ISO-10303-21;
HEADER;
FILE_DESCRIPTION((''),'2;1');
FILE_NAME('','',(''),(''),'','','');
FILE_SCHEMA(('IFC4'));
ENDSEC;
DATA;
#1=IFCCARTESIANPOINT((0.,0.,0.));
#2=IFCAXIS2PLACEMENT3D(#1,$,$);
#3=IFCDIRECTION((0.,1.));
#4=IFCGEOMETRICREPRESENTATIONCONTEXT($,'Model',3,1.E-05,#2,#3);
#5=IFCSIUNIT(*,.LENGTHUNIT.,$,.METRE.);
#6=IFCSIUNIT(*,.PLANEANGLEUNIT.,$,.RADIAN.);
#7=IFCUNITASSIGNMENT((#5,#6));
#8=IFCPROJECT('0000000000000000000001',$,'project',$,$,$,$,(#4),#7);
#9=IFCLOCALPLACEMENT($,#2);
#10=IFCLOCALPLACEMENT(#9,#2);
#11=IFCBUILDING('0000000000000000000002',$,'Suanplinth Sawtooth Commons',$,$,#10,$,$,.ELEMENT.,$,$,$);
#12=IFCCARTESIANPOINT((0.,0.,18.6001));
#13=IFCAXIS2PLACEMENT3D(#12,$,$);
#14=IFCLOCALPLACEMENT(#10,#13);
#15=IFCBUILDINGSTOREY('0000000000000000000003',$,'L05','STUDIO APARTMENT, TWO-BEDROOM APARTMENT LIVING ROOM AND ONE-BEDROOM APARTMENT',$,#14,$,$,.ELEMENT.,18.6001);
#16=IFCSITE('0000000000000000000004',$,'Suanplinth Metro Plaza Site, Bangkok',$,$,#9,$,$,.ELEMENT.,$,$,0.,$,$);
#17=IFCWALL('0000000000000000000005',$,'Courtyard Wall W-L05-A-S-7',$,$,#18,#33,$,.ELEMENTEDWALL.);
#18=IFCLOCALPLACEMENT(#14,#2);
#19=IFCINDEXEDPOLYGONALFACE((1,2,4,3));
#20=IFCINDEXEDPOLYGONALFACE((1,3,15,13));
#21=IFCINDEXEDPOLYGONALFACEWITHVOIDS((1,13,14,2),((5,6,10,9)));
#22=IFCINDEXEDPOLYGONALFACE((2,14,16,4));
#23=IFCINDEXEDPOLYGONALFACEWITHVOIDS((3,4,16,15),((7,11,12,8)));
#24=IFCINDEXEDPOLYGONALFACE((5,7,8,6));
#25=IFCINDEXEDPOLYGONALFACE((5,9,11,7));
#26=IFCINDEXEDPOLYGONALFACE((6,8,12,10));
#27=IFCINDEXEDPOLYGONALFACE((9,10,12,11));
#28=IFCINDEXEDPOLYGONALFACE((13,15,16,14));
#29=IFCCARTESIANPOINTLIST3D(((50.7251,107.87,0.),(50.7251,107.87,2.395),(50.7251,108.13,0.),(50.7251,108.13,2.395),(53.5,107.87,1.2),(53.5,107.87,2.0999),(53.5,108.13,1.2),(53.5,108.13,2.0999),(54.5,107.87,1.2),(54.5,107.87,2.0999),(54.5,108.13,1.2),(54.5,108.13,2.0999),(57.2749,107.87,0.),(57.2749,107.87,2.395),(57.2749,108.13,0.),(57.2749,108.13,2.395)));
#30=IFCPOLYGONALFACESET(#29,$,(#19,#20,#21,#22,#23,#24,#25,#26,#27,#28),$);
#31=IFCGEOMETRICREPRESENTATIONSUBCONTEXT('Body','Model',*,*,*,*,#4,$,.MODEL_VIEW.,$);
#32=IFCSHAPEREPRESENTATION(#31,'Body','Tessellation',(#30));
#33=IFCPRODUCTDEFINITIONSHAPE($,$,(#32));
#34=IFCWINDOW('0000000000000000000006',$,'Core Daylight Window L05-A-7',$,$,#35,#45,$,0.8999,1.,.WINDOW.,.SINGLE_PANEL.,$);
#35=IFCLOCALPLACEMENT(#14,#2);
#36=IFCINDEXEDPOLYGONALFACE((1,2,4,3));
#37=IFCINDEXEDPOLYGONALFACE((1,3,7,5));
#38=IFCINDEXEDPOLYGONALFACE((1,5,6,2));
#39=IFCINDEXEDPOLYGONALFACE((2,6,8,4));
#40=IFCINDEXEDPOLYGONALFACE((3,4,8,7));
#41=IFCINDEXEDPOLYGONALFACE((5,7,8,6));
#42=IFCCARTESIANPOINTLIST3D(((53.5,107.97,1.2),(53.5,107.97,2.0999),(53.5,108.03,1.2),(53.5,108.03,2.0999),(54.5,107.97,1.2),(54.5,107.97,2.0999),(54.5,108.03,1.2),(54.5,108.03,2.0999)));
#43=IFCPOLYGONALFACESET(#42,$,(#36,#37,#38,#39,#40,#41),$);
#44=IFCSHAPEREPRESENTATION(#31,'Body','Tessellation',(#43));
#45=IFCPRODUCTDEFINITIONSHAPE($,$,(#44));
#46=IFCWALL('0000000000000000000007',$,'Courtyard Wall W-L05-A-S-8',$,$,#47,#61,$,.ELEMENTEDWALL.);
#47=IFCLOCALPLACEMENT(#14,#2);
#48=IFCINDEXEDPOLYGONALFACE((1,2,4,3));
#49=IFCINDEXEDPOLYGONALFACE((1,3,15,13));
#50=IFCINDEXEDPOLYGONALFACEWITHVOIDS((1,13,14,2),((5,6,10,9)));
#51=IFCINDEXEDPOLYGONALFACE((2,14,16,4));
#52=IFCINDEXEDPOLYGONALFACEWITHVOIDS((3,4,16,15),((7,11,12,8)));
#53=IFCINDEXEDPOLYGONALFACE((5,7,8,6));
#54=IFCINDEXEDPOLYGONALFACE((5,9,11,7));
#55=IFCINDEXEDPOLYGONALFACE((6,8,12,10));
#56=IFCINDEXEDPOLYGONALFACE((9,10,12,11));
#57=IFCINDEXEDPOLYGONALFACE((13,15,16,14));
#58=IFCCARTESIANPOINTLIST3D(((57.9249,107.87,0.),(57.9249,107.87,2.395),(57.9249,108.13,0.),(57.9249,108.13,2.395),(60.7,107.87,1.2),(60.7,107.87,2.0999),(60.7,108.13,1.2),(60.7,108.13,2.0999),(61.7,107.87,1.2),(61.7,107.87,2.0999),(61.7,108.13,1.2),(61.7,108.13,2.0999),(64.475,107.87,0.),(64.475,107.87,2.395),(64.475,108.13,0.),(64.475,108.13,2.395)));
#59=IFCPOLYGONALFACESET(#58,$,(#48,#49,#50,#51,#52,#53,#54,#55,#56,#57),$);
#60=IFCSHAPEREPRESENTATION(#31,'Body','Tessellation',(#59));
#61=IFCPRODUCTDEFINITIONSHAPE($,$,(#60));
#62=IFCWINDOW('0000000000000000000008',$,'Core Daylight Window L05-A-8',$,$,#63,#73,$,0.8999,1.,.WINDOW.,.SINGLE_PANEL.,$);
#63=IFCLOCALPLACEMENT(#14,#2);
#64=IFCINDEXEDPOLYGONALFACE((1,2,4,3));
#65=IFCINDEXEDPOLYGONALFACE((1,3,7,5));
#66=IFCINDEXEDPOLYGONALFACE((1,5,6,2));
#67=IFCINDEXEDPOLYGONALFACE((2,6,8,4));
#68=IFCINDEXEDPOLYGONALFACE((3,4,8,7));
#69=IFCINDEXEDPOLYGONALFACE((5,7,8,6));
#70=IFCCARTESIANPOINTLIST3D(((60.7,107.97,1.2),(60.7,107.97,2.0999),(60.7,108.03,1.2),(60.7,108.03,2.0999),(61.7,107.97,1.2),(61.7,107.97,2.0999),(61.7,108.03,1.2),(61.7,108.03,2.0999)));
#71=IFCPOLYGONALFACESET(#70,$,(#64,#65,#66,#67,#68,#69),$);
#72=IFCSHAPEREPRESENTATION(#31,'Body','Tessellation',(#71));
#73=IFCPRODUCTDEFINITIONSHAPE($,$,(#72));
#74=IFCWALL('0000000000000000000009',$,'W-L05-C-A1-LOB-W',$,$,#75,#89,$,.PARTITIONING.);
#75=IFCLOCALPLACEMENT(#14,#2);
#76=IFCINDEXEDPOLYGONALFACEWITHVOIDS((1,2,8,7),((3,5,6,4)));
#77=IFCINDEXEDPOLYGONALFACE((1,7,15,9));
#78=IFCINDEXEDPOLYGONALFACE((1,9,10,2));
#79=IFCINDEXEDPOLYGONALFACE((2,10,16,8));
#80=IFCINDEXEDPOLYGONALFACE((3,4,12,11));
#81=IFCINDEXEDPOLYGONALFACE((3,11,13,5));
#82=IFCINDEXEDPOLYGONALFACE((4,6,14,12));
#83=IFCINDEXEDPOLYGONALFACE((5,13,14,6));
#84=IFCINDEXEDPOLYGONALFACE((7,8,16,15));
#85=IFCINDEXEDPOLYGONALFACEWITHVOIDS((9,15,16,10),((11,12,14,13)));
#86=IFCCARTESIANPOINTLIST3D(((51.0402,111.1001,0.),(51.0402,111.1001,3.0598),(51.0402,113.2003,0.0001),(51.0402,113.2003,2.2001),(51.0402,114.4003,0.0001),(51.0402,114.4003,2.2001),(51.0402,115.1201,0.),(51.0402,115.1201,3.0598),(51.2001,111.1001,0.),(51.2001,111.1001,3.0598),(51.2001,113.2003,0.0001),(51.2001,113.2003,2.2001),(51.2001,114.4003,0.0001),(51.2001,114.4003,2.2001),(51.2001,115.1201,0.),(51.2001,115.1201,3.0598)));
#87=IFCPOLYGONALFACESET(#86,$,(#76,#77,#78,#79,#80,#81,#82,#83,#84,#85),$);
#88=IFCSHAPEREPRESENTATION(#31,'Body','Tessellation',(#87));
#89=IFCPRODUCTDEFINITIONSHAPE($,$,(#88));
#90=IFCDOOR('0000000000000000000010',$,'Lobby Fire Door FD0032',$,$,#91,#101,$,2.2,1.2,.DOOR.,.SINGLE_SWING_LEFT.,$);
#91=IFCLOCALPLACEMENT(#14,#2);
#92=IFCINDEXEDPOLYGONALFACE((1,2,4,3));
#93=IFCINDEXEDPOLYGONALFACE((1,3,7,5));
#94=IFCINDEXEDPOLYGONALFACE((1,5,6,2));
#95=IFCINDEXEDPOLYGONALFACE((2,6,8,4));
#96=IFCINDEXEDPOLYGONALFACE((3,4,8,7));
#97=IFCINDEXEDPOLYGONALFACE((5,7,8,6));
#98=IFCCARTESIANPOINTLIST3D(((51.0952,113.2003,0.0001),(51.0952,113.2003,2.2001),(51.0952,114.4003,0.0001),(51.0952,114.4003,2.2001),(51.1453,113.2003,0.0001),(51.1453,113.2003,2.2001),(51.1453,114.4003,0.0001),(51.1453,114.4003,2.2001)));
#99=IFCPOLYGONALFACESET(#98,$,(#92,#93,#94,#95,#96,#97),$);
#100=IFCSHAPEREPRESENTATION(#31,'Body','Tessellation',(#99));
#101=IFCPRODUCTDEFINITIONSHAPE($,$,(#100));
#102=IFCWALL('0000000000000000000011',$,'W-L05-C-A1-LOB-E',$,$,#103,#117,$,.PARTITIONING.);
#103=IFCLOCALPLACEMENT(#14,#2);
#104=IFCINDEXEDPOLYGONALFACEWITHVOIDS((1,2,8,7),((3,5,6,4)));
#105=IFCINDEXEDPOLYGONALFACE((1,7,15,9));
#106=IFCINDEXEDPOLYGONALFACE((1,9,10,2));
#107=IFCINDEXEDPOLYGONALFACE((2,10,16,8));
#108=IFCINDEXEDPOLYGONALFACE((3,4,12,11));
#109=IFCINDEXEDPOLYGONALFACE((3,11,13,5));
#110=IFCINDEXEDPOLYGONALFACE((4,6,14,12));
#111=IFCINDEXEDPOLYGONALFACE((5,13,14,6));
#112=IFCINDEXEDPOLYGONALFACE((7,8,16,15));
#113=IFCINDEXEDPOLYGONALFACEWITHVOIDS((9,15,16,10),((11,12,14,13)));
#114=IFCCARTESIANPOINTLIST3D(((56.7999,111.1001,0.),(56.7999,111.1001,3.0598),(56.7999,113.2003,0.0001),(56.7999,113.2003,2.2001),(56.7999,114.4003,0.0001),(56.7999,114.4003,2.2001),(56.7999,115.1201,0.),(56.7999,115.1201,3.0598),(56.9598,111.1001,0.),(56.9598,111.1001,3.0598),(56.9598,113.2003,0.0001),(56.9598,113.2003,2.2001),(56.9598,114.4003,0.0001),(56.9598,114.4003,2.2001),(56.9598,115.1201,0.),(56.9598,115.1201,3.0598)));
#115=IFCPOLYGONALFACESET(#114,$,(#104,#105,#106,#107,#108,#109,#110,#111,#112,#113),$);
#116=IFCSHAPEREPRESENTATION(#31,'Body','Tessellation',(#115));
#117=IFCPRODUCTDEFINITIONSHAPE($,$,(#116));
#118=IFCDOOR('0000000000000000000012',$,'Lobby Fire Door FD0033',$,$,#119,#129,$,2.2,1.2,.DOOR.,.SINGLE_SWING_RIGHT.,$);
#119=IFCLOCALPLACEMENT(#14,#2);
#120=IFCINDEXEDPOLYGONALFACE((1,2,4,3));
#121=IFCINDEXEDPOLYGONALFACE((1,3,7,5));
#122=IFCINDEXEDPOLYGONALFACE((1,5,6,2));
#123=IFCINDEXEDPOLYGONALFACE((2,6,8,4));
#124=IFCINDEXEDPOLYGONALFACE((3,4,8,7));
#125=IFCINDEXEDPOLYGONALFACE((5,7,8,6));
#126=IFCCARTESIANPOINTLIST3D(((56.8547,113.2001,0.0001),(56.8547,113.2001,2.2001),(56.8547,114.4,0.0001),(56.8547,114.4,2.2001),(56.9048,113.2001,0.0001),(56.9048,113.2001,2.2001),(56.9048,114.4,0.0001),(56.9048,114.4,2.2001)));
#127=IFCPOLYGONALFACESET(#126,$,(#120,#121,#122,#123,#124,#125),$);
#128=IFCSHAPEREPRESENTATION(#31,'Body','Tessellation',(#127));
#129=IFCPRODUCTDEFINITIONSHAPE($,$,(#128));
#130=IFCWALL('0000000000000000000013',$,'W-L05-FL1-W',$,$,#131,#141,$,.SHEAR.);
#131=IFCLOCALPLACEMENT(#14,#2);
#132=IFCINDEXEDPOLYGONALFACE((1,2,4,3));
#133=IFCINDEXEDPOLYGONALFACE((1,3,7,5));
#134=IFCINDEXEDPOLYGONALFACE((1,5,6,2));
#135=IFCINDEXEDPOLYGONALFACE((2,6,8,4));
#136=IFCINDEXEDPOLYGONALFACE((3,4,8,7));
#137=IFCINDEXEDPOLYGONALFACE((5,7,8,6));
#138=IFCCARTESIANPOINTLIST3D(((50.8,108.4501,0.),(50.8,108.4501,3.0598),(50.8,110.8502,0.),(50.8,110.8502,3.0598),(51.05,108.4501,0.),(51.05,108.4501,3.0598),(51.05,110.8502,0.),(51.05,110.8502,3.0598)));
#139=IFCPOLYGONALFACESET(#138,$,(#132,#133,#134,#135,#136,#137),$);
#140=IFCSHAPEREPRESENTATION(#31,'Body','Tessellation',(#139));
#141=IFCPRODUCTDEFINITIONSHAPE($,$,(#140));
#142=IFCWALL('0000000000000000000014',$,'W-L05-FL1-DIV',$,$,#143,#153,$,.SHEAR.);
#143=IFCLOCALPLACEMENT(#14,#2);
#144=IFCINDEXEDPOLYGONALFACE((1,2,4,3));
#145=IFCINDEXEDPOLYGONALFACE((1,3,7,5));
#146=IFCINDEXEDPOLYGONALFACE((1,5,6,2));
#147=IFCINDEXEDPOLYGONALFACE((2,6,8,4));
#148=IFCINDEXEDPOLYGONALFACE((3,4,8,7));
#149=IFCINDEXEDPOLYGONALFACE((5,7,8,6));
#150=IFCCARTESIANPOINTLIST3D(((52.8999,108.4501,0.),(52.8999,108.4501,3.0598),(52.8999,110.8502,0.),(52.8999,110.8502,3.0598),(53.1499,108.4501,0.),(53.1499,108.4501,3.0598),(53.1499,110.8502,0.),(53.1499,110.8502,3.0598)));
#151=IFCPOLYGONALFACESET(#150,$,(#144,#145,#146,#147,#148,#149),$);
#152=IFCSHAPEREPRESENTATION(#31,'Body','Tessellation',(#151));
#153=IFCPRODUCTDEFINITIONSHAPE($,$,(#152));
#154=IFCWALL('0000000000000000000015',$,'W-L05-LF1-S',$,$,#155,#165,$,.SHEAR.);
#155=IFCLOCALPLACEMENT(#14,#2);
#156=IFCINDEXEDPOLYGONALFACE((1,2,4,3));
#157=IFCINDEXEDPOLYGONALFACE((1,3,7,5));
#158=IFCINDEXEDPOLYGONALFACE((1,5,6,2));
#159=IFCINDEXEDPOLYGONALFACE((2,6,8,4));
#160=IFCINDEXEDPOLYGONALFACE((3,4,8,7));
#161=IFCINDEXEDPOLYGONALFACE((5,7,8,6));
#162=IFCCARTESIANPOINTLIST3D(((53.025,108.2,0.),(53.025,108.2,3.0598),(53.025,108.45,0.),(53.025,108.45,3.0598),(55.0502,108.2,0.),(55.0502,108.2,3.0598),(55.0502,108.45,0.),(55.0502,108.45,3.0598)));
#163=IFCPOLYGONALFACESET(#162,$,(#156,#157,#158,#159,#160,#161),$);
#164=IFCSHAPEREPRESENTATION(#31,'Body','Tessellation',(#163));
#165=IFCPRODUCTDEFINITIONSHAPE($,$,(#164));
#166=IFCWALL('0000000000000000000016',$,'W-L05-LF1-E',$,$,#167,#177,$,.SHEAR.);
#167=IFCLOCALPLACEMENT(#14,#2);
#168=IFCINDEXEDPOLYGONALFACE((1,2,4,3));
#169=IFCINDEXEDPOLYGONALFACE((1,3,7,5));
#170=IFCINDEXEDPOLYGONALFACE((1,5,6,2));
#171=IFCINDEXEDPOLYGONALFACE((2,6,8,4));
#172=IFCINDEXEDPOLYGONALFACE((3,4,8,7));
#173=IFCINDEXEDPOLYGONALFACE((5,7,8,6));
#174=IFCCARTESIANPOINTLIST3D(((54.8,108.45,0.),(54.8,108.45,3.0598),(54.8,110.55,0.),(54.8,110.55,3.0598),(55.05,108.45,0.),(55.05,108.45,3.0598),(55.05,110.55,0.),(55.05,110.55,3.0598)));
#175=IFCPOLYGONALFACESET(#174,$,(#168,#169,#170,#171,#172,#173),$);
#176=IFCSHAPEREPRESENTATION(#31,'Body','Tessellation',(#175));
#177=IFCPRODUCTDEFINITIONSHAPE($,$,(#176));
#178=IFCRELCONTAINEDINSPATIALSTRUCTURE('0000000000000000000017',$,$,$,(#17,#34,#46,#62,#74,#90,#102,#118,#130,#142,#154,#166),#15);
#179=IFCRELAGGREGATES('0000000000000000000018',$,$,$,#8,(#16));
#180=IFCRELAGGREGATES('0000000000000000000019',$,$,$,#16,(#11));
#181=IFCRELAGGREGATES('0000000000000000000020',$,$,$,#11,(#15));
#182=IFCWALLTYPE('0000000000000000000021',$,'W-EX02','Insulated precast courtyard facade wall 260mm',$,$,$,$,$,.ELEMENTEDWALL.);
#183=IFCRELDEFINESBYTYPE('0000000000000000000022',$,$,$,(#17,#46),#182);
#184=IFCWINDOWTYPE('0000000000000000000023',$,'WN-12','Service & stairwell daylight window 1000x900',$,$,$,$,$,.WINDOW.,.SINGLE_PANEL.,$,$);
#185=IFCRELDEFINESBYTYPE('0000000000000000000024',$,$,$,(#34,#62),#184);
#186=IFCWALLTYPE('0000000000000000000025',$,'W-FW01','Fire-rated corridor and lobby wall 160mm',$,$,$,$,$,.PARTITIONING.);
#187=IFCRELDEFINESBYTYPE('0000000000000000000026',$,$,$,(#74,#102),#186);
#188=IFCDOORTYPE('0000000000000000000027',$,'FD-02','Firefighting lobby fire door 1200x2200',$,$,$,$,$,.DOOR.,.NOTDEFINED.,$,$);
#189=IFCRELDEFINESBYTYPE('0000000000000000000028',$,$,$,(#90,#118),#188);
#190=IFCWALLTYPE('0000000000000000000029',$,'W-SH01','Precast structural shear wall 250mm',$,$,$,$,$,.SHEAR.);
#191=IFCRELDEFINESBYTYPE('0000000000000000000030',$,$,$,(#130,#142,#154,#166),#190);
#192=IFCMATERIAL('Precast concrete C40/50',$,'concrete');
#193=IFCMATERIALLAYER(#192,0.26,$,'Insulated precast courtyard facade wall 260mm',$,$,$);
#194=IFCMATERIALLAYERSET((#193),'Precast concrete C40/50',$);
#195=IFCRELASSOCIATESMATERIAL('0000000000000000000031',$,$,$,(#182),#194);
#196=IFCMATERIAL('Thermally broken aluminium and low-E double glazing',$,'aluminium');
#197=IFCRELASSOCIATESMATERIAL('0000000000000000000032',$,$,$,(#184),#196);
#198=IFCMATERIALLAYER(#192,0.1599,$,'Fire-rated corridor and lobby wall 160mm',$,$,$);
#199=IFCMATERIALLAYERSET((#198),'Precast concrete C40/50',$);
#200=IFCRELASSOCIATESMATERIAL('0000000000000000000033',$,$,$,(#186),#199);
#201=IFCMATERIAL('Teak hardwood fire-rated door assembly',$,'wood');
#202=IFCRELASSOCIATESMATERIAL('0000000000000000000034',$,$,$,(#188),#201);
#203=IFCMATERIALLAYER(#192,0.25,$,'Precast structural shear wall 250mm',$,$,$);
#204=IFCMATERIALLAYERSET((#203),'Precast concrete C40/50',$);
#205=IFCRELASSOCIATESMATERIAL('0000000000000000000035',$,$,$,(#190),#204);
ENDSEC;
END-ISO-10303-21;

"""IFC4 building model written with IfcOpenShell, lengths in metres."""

from ifc_helpers import new_model, si_unit, direction, frame, frame_2d, origin, place, context, subcontext, project, spatial, rectangle, extrude, material, layer, layer_set, type_object, element, fill, save


model = new_model("IFC4")

# Units and contexts
model_context = context("Model", 3, precision=1e-05, world=origin(), true_north=direction((0.0, 1.0)))
body_context = subcontext(model_context, "Body", "Model", "MODEL_VIEW")
ifc_project = project(units=[si_unit("LENGTHUNIT", "METRE"), si_unit("PLANEANGLEUNIT", "RADIAN")], contexts=[model_context])

# Site, building, storey
site_placement = place(None, origin())
site = spatial("IfcSite", under=ifc_project, at=site_placement, Name="Suanplinth Metro Plaza Site, Bangkok", CompositionType="ELEMENT", RefElevation=0.0)
building_placement = place(site_placement, origin())
building = spatial("IfcBuilding", under=site, at=building_placement, Name="Suanplinth Sawtooth Commons", CompositionType="ELEMENT")
storey_placement = place(building_placement, frame((0.0, 0.0, 18.6001)))
storey = spatial("IfcBuildingStorey", under=building, at=storey_placement, Name="L05", Description="STUDIO APARTMENT, TWO-BEDROOM APARTMENT LIVING ROOM AND ONE-BEDROOM APARTMENT", CompositionType="ELEMENT", Elevation=18.6001)

# Shared definitions
ifc_material_1 = material(Name="Precast concrete C40/50", Category="concrete")

# Shared definitions
ifc_material_2 = material(Name="Teak hardwood fire-rated door assembly", Category="wood")

# Walls, openings, windows
ifc_layer_1 = layer(ifc_material_1, 0.26, Name="Insulated precast courtyard facade wall 260mm")
ifc_layer_set_1 = layer_set([ifc_layer_1], Name="Precast concrete C40/50")
wall_type_1 = type_object("IfcWallType", Name="W-EX02", Description="Insulated precast courtyard facade wall 260mm", PredefinedType="ELEMENTEDWALL", material=ifc_layer_set_1)
wall_1_placement = place(storey_placement, frame((50.7251, 108.0, 0.0), z_axis=(0.0, 0.0, 1.0), x_axis=(1.0, 0.0, 0.0)))
wall_1 = element("IfcWall", 1, at=wall_1_placement, inside=storey, type_object=wall_type_1, Name="Courtyard Wall W-L05-A-S-7", PredefinedType="ELEMENTEDWALL", context=body_context, shape_type="SweptSolid", body=[
    extrude(rectangle(XDim=6.5498, YDim=0.26, at=frame_2d((3.2749, 0.0))), origin(), (0.0, 0.0, 1.0), 2.395),
])
opening_1_placement = place(wall_1_placement, frame((2.7749, 0.0, 1.2)))
opening_1 = element("IfcOpeningElement", 2, at=opening_1_placement, cuts=wall_1, PredefinedType="OPENING", context=body_context, shape_type="SweptSolid", body=[
    extrude(rectangle(XDim=1.0, YDim=0.8999, at=frame_2d((0.5, 0.45))), frame((0.0, 0.145, 0.0), z_axis=(0.0, -1.0, 0.0), x_axis=(1.0, 0.0, 0.0)), (0.0, 0.0, 1.0), 0.2898),
])
ifc_material_3 = material(Name="Thermally broken aluminium and low-E double glazing", Category="aluminium")
window_type = type_object("IfcWindowType", Name="WN-12", Description="Service & stairwell daylight window 1000x900", PartitioningType="SINGLE_PANEL", PredefinedType="WINDOW", material=ifc_material_3)
window_1_placement = place(opening_1_placement, origin())
window_1 = element("IfcWindow", 3, at=window_1_placement, inside=storey, type_object=window_type, Name="Core Daylight Window L05-A-7", OverallHeight=0.8999, OverallWidth=1.0, PartitioningType="SINGLE_PANEL", PredefinedType="WINDOW", context=body_context, shape_type="SweptSolid", body=[
    extrude(rectangle(XDim=1.0, YDim=0.8999, at=frame_2d((0.5, 0.45))), frame((0.0, 0.03, 0.0), z_axis=(0.0, -1.0, 0.0), x_axis=(1.0, 0.0, 0.0)), (0.0, 0.0, 1.0), 0.0601),
])
fill(opening_1, window_1)
wall_2_placement = place(storey_placement, frame((57.925, 108.0, 0.0), z_axis=(0.0, 0.0, 1.0), x_axis=(1.0, 0.0, 0.0)))
wall_2 = element("IfcWall", 4, at=wall_2_placement, inside=storey, type_object=wall_type_1, Name="Courtyard Wall W-L05-A-S-8", PredefinedType="ELEMENTEDWALL", context=body_context, shape_type="SweptSolid", body=[
    extrude(rectangle(XDim=6.55, YDim=0.26, at=frame_2d((3.2749, 0.0))), origin(), (0.0, 0.0, 1.0), 2.395),
])
opening_2_placement = place(wall_2_placement, frame((2.7749, 0.0, 1.2)))
opening_2 = element("IfcOpeningElement", 5, at=opening_2_placement, cuts=wall_2, PredefinedType="OPENING", context=body_context, shape_type="SweptSolid", body=[
    extrude(rectangle(XDim=1.0, YDim=0.8999, at=frame_2d((0.5, 0.45))), frame((0.0, 0.145, 0.0), z_axis=(0.0, -1.0, 0.0), x_axis=(1.0, 0.0, 0.0)), (0.0, 0.0, 1.0), 0.2898),
])
window_2_placement = place(opening_2_placement, origin())
window_2 = element("IfcWindow", 6, at=window_2_placement, inside=storey, type_object=window_type, Name="Core Daylight Window L05-A-8", OverallHeight=0.8999, OverallWidth=1.0, PartitioningType="SINGLE_PANEL", PredefinedType="WINDOW", context=body_context, shape_type="SweptSolid", body=[
    extrude(rectangle(XDim=1.0, YDim=0.8999, at=frame_2d((0.5, 0.45))), frame((0.0, 0.03, 0.0), z_axis=(0.0, -1.0, 0.0), x_axis=(1.0, 0.0, 0.0)), (0.0, 0.0, 1.0), 0.0601),
])
fill(opening_2, window_2)

# Walls, openings, doors
ifc_layer_2 = layer(ifc_material_1, 0.1599, Name="Fire-rated corridor and lobby wall 160mm")
ifc_layer_set_2 = layer_set([ifc_layer_2], Name="Precast concrete C40/50")
wall_type_2 = type_object("IfcWallType", Name="W-FW01", Description="Fire-rated corridor and lobby wall 160mm", PredefinedType="PARTITIONING", material=ifc_layer_set_2)
wall_3_placement = place(storey_placement, frame((51.1201, 111.1001, 0.0), z_axis=(0.0, 0.0, 1.0), x_axis=(0.0, 1.0, 0.0)))
wall_3 = element("IfcWall", 7, at=wall_3_placement, inside=storey, type_object=wall_type_2, Name="W-L05-C-A1-LOB-W", PredefinedType="PARTITIONING", context=body_context, shape_type="SweptSolid", body=[
    extrude(rectangle(XDim=4.02, YDim=0.1599, at=frame_2d((2.01, 0.0))), origin(), (0.0, 0.0, 1.0), 3.0598),
])
opening_3_placement = place(wall_3_placement, frame((2.1001, 0.0, 0.0)))
opening_3 = element("IfcOpeningElement", 8, at=opening_3_placement, cuts=wall_3, PredefinedType="OPENING", context=body_context, shape_type="SweptSolid", body=[
    extrude(rectangle(XDim=1.2, YDim=2.2, at=frame_2d((0.6001, 1.1001))), frame((0.0, 0.0947, 0.0), z_axis=(0.0, -1.0, 0.0), x_axis=(1.0, 0.0, 0.0)), (0.0, 0.0, 1.0), 0.1897),
])
door_type_1 = type_object("IfcDoorType", Name="FD-02", Description="Firefighting lobby fire door 1200x2200", OperationType="NOTDEFINED", PredefinedType="DOOR", material=ifc_material_2)
door_1_placement = place(opening_3_placement, origin())
door_1 = element("IfcDoor", 9, at=door_1_placement, inside=storey, type_object=door_type_1, Name="Lobby Fire Door FD0032", OperationType="SINGLE_SWING_LEFT", OverallHeight=2.2, OverallWidth=1.2, PredefinedType="DOOR", context=body_context, shape_type="SweptSolid", body=[
    extrude(rectangle(XDim=1.2, YDim=2.2, at=frame_2d((0.6001, 1.1001))), frame((0.0, 0.0249, 0.0), z_axis=(0.0, -1.0, 0.0), x_axis=(1.0, 0.0, 0.0)), (0.0, 0.0, 1.0), 0.05),
])
fill(opening_3, door_1)
wall_4_placement = place(storey_placement, frame((56.8799, 111.1001, 0.0), z_axis=(0.0, 0.0, 1.0), x_axis=(0.0, 1.0, 0.0)))
wall_4 = element("IfcWall", 10, at=wall_4_placement, inside=storey, type_object=wall_type_2, Name="W-L05-C-A1-LOB-E", PredefinedType="PARTITIONING", context=body_context, shape_type="SweptSolid", body=[
    extrude(rectangle(XDim=4.02, YDim=0.1599, at=frame_2d((2.01, 0.0))), origin(), (0.0, 0.0, 1.0), 3.0598),
])
opening_4_placement = place(wall_4_placement, frame((2.1001, 0.0, 0.0)))
opening_4 = element("IfcOpeningElement", 11, at=opening_4_placement, cuts=wall_4, PredefinedType="OPENING", context=body_context, shape_type="SweptSolid", body=[
    extrude(rectangle(XDim=1.2, YDim=2.2, at=frame_2d((0.6001, 1.1001))), frame((0.0, 0.0947, 0.0), z_axis=(0.0, -1.0, 0.0), x_axis=(1.0, 0.0, 0.0)), (0.0, 0.0, 1.0), 0.1897),
])
door_2_placement = place(opening_4_placement, frame((1.2, 0.0, 0.0), z_axis=(0.0, 0.0, 1.0), x_axis=(-1.0, 0.0, 0.0)))
door_2 = element("IfcDoor", 12, at=door_2_placement, inside=storey, type_object=door_type_1, Name="Lobby Fire Door FD0033", OperationType="SINGLE_SWING_RIGHT", OverallHeight=2.2, OverallWidth=1.2, PredefinedType="DOOR", context=body_context, shape_type="SweptSolid", body=[
    extrude(rectangle(XDim=1.2, YDim=2.2, at=frame_2d((0.6001, 1.1001))), frame((0.0, 0.0249, 0.0), z_axis=(0.0, -1.0, 0.0), x_axis=(1.0, 0.0, 0.0)), (0.0, 0.0, 1.0), 0.05),
])
fill(opening_4, door_2)

# Walls
ifc_layer_3 = layer(ifc_material_1, 0.25, Name="Precast structural shear wall 250mm")
ifc_layer_set_3 = layer_set([ifc_layer_3], Name="Precast concrete C40/50")
wall_type_3 = type_object("IfcWallType", Name="W-SH01", Description="Precast structural shear wall 250mm", PredefinedType="SHEAR", material=ifc_layer_set_3)
for number, where, z_axis, x_axis, name in (
    (13, (50.925, 108.45, 0.0), (0.0, 0.0, 1.0), (0.0, 1.0, 0.0), "W-L05-FL1-W"),
    (14, (53.0249, 108.45, 0.0), (0.0, 0.0, 1.0), (0.0, 1.0, 0.0), "W-L05-FL1-DIV"),
):
    element("IfcWall", number, at=place(storey_placement, frame(where, z_axis=z_axis, x_axis=x_axis)), inside=storey, type_object=wall_type_3, Name=name, PredefinedType="SHEAR", context=body_context, shape_type="SweptSolid", body=[
        extrude(rectangle(XDim=2.4001, YDim=0.25, at=frame_2d((1.2002, 0.0))), origin(), (0.0, 0.0, 1.0), 3.0598),
    ])
wall_5_placement = place(storey_placement, frame((53.0249, 108.325, 0.0), z_axis=(0.0, 0.0, 1.0), x_axis=(1.0, 0.0, 0.0)))
element("IfcWall", 15, at=wall_5_placement, inside=storey, type_object=wall_type_3, Name="W-L05-LF1-S", PredefinedType="SHEAR", context=body_context, shape_type="SweptSolid", body=[
    extrude(rectangle(XDim=2.0251, YDim=0.25, at=frame_2d((1.0127, 0.0))), origin(), (0.0, 0.0, 1.0), 3.0598),
])

# Wall
wall_6_placement = place(storey_placement, frame((54.925, 108.45, 0.0), z_axis=(0.0, 0.0, 1.0), x_axis=(0.0, 1.0, 0.0)))
element("IfcWall", 16, at=wall_6_placement, inside=storey, type_object=wall_type_3, Name="W-L05-LF1-E", PredefinedType="SHEAR", context=body_context, shape_type="SweptSolid", body=[
    extrude(rectangle(XDim=2.1001, YDim=0.25, at=frame_2d((1.05, 0.0))), origin(), (0.0, 0.0, 1.0), 3.0598),
])

save(model, "model.ifc")
